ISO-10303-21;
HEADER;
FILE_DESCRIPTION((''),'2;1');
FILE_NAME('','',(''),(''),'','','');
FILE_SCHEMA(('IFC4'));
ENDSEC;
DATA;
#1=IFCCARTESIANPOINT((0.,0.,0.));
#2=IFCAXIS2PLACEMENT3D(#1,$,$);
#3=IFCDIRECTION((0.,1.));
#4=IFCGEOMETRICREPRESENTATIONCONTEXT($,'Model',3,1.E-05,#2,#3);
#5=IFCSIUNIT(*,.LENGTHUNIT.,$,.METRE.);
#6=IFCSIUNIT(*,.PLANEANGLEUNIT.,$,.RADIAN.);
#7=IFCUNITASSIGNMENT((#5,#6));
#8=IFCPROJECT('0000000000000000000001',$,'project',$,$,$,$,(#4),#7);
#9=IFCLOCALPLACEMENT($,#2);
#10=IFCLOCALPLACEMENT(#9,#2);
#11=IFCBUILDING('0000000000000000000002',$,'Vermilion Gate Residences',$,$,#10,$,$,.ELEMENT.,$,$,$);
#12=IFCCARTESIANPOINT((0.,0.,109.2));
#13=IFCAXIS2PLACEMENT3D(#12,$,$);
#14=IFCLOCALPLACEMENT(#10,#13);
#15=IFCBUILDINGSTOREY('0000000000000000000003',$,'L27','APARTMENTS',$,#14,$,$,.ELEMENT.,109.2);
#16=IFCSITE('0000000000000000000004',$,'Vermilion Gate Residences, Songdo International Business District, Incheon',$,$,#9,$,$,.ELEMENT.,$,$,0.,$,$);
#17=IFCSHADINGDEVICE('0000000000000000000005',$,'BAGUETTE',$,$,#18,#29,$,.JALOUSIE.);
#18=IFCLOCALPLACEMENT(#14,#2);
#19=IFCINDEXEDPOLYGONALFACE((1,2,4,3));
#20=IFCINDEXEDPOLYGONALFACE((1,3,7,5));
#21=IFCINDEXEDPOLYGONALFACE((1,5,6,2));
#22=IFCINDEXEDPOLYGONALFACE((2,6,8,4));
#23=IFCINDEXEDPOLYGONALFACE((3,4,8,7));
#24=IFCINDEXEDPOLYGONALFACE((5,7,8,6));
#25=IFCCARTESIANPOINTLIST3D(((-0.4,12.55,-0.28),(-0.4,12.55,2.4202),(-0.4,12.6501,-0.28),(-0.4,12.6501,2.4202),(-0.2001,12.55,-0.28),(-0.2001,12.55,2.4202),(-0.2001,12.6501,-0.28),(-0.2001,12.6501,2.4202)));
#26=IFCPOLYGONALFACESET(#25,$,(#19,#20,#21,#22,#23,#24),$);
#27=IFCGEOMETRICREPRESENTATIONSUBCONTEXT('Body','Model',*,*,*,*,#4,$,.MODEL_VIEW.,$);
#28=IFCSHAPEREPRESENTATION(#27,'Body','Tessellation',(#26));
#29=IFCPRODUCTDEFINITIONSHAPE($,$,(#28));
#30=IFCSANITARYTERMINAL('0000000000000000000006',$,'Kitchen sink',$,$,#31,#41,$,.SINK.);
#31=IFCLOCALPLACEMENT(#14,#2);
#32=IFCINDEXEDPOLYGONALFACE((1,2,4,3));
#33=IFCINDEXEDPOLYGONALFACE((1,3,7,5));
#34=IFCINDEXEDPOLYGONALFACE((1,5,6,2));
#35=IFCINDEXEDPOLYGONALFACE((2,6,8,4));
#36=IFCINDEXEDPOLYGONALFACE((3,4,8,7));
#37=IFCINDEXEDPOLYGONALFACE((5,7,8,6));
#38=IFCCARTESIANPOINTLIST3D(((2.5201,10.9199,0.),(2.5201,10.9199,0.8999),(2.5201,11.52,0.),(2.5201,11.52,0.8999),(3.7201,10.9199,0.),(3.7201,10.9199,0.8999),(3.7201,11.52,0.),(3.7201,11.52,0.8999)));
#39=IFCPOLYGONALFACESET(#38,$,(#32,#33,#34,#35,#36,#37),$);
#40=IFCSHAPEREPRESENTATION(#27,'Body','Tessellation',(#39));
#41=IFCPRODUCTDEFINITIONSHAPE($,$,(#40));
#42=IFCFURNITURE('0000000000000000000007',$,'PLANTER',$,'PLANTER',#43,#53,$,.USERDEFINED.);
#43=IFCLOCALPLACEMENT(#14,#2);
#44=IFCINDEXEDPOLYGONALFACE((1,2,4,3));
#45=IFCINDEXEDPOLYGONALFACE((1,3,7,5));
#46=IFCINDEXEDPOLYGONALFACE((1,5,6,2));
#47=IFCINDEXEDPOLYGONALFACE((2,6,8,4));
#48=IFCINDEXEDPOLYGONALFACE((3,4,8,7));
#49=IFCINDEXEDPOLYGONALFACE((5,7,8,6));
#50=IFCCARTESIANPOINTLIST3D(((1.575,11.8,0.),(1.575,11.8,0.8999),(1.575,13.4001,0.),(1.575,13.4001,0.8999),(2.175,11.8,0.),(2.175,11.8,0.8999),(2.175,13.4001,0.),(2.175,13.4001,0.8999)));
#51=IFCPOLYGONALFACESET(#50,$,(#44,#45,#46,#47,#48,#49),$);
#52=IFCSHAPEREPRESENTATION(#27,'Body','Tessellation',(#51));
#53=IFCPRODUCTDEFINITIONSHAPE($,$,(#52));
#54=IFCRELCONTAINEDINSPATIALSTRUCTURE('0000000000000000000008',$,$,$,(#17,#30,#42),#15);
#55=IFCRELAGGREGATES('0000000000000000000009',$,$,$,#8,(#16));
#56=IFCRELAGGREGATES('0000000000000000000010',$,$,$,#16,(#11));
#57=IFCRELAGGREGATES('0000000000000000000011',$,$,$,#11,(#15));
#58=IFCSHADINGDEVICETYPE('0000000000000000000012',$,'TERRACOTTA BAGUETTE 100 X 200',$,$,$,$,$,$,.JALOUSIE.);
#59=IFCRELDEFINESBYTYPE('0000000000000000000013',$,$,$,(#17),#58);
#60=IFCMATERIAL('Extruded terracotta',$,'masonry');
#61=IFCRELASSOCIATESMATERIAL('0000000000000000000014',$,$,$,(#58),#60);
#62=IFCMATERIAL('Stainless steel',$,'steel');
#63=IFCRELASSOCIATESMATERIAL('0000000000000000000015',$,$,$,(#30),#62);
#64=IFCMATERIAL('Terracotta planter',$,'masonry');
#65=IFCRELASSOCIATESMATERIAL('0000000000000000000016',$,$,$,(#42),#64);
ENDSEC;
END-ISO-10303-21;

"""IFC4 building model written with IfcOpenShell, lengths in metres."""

from ifc_helpers import new_model, si_unit, direction, frame, origin, origin_2d, place, context, subcontext, project, spatial, rectangle, extrude, material, material_profile, profile_set, type_object, element, save


model = new_model("IFC4")

# Units and contexts
model_context = context("Model", 3, precision=1e-05, world=origin(), true_north=direction((0.0, 1.0)))
body_context = subcontext(model_context, "Body", "Model", "MODEL_VIEW")
ifc_project = project(units=[si_unit("LENGTHUNIT", "METRE"), si_unit("PLANEANGLEUNIT", "RADIAN")], contexts=[model_context])

# Site, building, storey
site_placement = place(None, origin())
site = spatial("IfcSite", under=ifc_project, at=site_placement, Name="Vermilion Gate Residences, Songdo International Business District, Incheon", CompositionType="ELEMENT", RefElevation=0.0)
building_placement = place(site_placement, origin())
building = spatial("IfcBuilding", under=site, at=building_placement, Name="Vermilion Gate Residences", CompositionType="ELEMENT")
storey_placement = place(building_placement, frame((0.0, 0.0, 109.2)))
storey = spatial("IfcBuildingStorey", under=building, at=storey_placement, Name="L27", Description="APARTMENTS", CompositionType="ELEMENT", Elevation=109.2)

# Shading device
ifc_material_1 = material(Name="Extruded terracotta", Category="masonry")
ifc_material_profile_1 = material_profile(ifc_material_1, rectangle(XDim=0.2, YDim=0.1001, at=origin_2d()), Name="BAGUETTE 100 X 200")
ifc_profile_set_1 = profile_set([ifc_material_profile_1], Name="Extruded terracotta")
shading_device_type = type_object("IfcShadingDeviceType", Name="TERRACOTTA BAGUETTE 100 X 200", PredefinedType="JALOUSIE", material=ifc_profile_set_1)
shading_device_placement = place(storey_placement, frame((-0.3, 12.6001, -0.28), z_axis=(0.0, 0.0, 1.0), x_axis=(1.0, 0.0, 0.0)))
element("IfcShadingDevice", 1, at=shading_device_placement, inside=storey, type_object=shading_device_type, Name="BAGUETTE", PredefinedType="JALOUSIE", context=body_context, shape_type="SweptSolid", body=[
    extrude(rectangle(XDim=0.2, YDim=0.1001, at=origin_2d()), origin(), (0.0, 0.0, 1.0), 2.7002),
])

# Sanitary terminal
ifc_material_2 = material(Name="Stainless steel", Category="steel")
sanitary_terminal_placement = place(storey_placement, frame((3.1201, 11.22, 0.0), z_axis=(0.0, 0.0, 1.0), x_axis=(1.0, 0.0, 0.0)))
element("IfcSanitaryTerminal", 2, at=sanitary_terminal_placement, inside=storey, material=ifc_material_2, Name="Kitchen sink", PredefinedType="SINK", context=body_context, shape_type="SweptSolid", body=[
    extrude(rectangle(XDim=1.2, YDim=0.6001, at=origin_2d()), origin(), (0.0, 0.0, 1.0), 0.8999),
])

# Furniture
ifc_material_3 = material(Name="Terracotta planter", Category="masonry")
furniture_placement = place(storey_placement, frame((1.875, 12.6001, 0.0), z_axis=(0.0, 0.0, 1.0), x_axis=(0.0, -1.0, 0.0)))
element("IfcFurniture", 3, at=furniture_placement, inside=storey, material=ifc_material_3, Name="PLANTER", ObjectType="PLANTER", PredefinedType="USERDEFINED", context=body_context, shape_type="SweptSolid", body=[
    extrude(rectangle(XDim=1.6001, YDim=0.6001, at=origin_2d()), origin(), (0.0, 0.0, 1.0), 0.8999),
])

save(model, "model.ifc")
